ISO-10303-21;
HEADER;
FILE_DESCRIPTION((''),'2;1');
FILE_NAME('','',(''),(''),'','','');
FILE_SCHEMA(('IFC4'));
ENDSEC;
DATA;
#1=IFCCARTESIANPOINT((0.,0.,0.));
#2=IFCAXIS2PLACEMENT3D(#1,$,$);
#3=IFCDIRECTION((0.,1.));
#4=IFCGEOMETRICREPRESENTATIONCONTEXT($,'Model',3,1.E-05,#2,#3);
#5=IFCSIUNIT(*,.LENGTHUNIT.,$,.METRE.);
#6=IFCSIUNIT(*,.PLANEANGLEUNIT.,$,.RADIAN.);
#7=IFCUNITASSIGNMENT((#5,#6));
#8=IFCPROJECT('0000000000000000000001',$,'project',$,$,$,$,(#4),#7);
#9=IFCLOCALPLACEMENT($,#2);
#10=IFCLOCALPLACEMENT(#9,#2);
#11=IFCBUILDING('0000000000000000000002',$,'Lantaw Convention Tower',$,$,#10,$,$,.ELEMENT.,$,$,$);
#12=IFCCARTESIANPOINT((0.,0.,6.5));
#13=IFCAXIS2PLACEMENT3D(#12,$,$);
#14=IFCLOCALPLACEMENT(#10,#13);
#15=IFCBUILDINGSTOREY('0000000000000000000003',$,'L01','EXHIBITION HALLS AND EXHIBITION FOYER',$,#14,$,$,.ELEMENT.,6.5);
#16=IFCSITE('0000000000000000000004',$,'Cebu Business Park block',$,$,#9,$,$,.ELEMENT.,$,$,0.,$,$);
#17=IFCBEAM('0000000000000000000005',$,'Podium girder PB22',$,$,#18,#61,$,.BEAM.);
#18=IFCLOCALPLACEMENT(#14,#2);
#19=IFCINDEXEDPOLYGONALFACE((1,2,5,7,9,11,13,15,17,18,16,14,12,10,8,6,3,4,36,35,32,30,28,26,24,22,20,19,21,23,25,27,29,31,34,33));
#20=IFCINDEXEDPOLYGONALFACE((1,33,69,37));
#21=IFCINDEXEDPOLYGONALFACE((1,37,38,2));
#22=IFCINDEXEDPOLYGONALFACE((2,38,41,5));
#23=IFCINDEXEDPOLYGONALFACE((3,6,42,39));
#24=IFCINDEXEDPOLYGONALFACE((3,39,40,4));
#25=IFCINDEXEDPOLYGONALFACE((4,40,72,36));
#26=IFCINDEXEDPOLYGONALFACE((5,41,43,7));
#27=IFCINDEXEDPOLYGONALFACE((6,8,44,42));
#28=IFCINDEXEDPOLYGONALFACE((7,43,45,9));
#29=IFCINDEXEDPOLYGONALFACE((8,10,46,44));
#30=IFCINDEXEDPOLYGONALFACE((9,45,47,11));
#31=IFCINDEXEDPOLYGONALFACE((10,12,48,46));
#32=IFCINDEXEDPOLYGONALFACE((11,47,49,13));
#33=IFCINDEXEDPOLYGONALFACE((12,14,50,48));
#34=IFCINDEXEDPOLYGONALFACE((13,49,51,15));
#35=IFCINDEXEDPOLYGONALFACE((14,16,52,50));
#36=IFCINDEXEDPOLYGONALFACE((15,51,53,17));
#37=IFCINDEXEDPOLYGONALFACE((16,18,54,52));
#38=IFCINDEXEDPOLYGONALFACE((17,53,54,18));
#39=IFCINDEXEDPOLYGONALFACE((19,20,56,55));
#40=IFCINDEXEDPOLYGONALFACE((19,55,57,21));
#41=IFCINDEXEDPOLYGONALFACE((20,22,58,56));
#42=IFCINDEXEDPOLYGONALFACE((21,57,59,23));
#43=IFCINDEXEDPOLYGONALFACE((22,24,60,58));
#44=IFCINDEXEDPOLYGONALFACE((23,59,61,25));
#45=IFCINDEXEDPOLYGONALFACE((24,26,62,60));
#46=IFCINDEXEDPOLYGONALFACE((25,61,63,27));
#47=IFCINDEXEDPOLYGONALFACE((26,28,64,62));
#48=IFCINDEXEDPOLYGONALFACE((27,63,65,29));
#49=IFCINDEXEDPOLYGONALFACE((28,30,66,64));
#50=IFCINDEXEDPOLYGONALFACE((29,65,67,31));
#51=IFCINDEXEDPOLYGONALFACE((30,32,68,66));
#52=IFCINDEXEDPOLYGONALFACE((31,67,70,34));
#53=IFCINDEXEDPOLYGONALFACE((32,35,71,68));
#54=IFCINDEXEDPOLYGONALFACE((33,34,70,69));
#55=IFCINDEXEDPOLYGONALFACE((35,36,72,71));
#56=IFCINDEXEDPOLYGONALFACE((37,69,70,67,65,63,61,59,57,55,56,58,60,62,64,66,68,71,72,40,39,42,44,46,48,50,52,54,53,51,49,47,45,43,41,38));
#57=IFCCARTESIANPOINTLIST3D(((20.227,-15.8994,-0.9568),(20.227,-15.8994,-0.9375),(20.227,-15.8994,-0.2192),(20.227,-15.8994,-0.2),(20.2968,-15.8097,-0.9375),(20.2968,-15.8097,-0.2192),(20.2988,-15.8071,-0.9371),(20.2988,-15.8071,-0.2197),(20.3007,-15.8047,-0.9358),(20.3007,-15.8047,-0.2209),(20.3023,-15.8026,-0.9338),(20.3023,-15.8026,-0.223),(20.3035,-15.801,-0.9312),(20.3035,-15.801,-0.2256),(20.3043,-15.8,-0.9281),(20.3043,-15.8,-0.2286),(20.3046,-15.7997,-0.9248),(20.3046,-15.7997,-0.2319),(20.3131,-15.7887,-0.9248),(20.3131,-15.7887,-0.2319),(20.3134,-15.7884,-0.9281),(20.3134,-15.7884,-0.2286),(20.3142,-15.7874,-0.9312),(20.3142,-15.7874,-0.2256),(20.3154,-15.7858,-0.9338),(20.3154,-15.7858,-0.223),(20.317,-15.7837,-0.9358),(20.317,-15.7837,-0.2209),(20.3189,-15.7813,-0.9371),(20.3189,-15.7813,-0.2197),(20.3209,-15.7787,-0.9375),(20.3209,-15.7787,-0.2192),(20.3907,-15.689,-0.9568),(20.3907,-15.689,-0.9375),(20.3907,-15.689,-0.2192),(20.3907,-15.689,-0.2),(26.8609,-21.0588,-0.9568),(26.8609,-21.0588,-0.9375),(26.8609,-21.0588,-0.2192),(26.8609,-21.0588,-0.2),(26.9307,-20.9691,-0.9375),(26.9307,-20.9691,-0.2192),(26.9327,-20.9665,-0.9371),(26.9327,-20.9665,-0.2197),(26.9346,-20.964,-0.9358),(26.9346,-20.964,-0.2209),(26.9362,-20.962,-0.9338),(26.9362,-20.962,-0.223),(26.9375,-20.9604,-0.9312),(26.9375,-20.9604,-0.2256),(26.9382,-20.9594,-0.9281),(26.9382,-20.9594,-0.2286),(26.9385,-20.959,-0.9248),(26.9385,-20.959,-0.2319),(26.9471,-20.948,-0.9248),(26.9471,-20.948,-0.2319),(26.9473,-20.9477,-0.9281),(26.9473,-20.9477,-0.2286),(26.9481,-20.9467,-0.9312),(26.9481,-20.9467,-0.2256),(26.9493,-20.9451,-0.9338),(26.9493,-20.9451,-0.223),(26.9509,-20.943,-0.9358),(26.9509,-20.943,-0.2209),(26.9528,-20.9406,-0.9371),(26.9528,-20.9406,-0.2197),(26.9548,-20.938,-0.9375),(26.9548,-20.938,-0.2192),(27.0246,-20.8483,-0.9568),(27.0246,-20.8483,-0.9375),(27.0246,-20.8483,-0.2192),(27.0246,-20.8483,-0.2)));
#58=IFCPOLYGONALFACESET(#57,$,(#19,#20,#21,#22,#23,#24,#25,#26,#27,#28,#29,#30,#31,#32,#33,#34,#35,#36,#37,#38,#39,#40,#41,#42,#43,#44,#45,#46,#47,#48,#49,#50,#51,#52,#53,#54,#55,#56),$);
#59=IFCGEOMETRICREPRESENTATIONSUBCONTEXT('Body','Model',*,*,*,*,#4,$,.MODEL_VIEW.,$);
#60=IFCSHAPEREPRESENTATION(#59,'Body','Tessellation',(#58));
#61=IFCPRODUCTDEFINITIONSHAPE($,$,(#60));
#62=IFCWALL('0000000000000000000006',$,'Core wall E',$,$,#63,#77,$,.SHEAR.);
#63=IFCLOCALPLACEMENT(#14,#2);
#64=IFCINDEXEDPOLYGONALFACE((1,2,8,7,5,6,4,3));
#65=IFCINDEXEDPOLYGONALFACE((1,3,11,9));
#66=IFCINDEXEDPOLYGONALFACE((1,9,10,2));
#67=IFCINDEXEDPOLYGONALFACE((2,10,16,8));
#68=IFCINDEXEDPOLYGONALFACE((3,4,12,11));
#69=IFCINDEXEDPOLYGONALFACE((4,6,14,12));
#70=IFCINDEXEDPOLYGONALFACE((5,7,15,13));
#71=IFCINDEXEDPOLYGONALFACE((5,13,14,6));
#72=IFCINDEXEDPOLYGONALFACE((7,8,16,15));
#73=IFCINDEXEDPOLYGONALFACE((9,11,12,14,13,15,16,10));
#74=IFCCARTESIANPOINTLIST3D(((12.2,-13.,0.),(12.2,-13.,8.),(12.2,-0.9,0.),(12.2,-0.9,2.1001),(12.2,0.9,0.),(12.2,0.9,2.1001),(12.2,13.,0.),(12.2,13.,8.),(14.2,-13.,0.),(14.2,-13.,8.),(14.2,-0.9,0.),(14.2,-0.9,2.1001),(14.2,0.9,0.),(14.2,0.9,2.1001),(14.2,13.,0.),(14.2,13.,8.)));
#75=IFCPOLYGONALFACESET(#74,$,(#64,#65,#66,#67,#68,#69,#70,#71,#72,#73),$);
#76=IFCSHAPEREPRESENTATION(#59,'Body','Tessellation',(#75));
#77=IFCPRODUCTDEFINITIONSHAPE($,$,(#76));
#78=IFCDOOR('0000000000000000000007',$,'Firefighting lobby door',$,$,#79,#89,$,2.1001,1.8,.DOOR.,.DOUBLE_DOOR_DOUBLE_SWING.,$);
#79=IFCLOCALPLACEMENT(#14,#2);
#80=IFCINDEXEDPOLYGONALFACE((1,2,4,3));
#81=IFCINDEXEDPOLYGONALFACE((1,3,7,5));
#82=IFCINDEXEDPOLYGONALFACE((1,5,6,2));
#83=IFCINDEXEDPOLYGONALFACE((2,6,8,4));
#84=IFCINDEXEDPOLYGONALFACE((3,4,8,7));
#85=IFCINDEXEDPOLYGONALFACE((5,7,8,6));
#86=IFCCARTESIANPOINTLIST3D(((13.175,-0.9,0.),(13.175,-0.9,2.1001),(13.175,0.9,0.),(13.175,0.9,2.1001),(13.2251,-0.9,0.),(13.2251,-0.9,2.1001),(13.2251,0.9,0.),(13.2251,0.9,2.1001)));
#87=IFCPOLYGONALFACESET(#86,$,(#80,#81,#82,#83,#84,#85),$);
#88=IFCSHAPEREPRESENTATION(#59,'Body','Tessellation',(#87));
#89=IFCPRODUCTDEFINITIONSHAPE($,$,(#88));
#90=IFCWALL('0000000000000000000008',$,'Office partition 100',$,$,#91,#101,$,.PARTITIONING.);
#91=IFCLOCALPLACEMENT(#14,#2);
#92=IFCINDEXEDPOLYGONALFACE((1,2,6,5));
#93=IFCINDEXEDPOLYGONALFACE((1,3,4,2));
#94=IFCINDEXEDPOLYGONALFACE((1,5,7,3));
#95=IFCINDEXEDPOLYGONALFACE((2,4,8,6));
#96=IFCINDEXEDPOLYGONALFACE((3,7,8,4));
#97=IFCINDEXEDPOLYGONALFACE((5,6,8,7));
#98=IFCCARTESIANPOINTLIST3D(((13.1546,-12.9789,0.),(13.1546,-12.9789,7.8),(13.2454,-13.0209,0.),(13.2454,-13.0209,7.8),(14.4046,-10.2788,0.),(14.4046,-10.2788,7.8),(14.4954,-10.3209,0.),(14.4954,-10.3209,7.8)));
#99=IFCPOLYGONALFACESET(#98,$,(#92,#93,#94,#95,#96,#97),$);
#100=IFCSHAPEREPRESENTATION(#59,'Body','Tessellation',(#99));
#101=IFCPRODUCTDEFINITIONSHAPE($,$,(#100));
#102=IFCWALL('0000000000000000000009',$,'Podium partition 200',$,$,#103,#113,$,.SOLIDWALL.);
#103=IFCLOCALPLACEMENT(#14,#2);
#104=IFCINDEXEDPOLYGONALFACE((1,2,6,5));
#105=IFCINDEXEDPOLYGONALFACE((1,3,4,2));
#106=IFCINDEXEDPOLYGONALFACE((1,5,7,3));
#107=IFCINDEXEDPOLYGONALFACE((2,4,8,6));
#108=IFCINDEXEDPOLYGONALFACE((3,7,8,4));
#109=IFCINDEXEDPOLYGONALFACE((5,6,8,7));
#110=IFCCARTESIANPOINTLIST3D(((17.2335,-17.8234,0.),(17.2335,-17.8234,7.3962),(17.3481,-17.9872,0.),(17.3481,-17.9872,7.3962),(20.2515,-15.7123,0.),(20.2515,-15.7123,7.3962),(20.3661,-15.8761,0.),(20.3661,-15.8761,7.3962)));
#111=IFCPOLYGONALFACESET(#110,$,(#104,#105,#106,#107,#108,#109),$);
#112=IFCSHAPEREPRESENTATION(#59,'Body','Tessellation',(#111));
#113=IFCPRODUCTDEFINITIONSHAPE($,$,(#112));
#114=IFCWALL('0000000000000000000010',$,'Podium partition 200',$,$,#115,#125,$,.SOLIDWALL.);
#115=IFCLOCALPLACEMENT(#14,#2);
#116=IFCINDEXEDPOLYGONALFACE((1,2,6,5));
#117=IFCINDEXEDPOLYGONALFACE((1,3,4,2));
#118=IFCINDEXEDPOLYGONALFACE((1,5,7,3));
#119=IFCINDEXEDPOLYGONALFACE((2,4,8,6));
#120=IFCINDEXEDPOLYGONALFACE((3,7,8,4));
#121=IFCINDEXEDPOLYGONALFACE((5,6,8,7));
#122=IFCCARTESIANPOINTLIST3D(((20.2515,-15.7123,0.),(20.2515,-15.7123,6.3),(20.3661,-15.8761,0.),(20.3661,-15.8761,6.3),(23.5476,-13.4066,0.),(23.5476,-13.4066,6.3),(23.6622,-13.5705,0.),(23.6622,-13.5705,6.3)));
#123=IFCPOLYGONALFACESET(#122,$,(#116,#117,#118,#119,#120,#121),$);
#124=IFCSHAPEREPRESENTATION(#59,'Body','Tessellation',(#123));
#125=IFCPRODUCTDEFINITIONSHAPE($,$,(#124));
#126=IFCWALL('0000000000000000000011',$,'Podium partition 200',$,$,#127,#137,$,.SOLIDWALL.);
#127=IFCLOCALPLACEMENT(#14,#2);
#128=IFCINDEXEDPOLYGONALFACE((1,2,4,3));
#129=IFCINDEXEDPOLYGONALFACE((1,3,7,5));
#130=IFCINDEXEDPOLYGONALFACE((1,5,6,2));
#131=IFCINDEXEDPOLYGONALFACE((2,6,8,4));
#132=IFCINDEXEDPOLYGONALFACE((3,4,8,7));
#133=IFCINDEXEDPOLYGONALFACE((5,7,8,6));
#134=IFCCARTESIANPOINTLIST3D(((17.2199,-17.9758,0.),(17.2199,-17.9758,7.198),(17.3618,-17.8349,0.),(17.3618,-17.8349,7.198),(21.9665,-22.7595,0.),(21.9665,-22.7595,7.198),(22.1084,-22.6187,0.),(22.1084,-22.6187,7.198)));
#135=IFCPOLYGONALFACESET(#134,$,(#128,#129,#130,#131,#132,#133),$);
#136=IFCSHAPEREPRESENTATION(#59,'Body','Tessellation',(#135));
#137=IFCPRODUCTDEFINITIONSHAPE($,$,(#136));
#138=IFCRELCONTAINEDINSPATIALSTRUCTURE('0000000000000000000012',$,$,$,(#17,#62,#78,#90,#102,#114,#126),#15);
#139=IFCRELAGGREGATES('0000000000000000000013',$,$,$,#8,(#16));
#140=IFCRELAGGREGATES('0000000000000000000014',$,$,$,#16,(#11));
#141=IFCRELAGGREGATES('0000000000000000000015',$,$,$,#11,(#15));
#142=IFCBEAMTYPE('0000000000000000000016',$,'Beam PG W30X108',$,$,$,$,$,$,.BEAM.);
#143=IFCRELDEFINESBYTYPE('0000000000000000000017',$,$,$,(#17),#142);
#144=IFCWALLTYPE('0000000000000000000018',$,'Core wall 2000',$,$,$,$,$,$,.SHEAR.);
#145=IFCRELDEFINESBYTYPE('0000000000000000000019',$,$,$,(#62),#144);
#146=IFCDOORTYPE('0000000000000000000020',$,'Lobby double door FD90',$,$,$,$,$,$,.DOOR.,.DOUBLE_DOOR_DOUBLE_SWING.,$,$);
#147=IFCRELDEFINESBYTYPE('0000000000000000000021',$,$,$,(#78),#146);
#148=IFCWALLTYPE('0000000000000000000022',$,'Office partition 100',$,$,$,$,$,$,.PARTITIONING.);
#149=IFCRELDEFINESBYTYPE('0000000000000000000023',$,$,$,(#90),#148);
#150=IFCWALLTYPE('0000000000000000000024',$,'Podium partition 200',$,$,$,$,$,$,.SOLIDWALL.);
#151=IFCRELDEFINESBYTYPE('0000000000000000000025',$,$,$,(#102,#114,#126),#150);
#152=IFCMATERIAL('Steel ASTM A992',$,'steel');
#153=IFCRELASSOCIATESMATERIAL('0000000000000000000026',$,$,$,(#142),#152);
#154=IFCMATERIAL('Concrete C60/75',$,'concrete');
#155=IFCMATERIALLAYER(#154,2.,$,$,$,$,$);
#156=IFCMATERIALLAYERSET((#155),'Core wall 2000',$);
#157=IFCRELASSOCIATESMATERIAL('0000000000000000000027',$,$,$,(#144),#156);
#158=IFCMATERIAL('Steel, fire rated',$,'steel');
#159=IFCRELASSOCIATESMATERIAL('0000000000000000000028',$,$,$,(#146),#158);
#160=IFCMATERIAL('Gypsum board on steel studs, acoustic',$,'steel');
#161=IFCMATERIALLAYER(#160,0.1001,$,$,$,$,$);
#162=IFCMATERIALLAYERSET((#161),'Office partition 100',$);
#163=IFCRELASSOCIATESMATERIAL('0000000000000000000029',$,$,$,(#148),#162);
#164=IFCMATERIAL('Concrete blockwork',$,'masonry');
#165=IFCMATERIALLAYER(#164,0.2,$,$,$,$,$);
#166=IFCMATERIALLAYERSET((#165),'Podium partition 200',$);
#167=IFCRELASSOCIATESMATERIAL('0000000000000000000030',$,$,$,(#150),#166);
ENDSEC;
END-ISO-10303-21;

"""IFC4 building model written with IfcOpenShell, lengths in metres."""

from ifc_helpers import new_model, si_unit, direction, frame, frame_2d, origin, origin_2d, place, context, subcontext, project, spatial, rectangle, i_section, extrude, material, layer, layer_set, material_profile, profile_set, type_object, element, fill, save


model = new_model("IFC4")

# Units and contexts
model_context = context("Model", 3, precision=1e-05, world=origin(), true_north=direction((0.0, 1.0)))
body_context = subcontext(model_context, "Body", "Model", "MODEL_VIEW")
ifc_project = project(units=[si_unit("LENGTHUNIT", "METRE"), si_unit("PLANEANGLEUNIT", "RADIAN")], contexts=[model_context])

# Site, building, storey
site_placement = place(None, origin())
site = spatial("IfcSite", under=ifc_project, at=site_placement, Name="Cebu Business Park block", CompositionType="ELEMENT", RefElevation=0.0)
building_placement = place(site_placement, origin())
building = spatial("IfcBuilding", under=site, at=building_placement, Name="Lantaw Convention Tower", CompositionType="ELEMENT")
storey_placement = place(building_placement, frame((0.0, 0.0, 6.5)))
storey = spatial("IfcBuildingStorey", under=building, at=storey_placement, Name="L01", Description="EXHIBITION HALLS AND EXHIBITION FOYER", CompositionType="ELEMENT", Elevation=6.5)

# Shared definitions
ifc_material_1 = material(Name="Concrete C60/75", Category="concrete")

# Beam
ifc_material_2 = material(Name="Steel ASTM A992", Category="steel")
ifc_material_profile_1 = material_profile(ifc_material_2, i_section(OverallWidth=0.2666, OverallDepth=0.7568, WebThickness=0.0139, FlangeThickness=0.0193, FilletRadius=0.0127, at=origin_2d()), Name="W30X108")
ifc_profile_set_1 = profile_set([ifc_material_profile_1], Name="Steel ASTM A992")
beam_type_1 = type_object("IfcBeamType", Name="Beam PG W30X108", PredefinedType="BEAM", material=ifc_profile_set_1)
beam_1_placement = place(storey_placement, frame((20.3088, -15.7942, -0.5784), z_axis=(0.789374, -0.613912, 0.0), x_axis=(0.613912, 0.789374, 0.0)))
element("IfcBeam", 1, at=beam_1_placement, inside=storey, type_object=beam_type_1, Name="Podium girder PB22", PredefinedType="BEAM", context=body_context, shape_type="SweptSolid", body=[
    extrude(i_section(OverallWidth=0.2666, OverallDepth=0.7568, WebThickness=0.0139, FlangeThickness=0.0193, FilletRadius=0.0127, at=origin_2d()), origin(), (0.0, 0.0, 1.0), 8.4041),
])

# Wall, opening, door
ifc_layer_1 = layer(ifc_material_1, 2.0)
ifc_layer_set_1 = layer_set([ifc_layer_1], Name="Core wall 2000")
wall_type_1 = type_object("IfcWallType", Name="Core wall 2000", PredefinedType="SHEAR", material=ifc_layer_set_1)
wall_1_placement = place(storey_placement, frame((13.2, -13.0, 0.0), z_axis=(0.0, 0.0, 1.0), x_axis=(0.0, 1.0, 0.0)))
wall_1 = element("IfcWall", 2, at=wall_1_placement, inside=storey, type_object=wall_type_1, Name="Core wall E", PredefinedType="SHEAR", context=body_context, shape_type="SweptSolid", body=[
    extrude(rectangle(XDim=26.0, YDim=2.0, at=frame_2d((13.0, 0.0))), origin(), (0.0, 0.0, 1.0), 8.0),
])
opening_placement = place(wall_1_placement, frame((12.1001, 0.0, 0.0)))
opening = element("IfcOpeningElement", 3, at=opening_placement, cuts=wall_1, PredefinedType="OPENING", context=body_context, shape_type="SweptSolid", body=[
    extrude(rectangle(XDim=1.8, YDim=2.1001, at=frame_2d((0.8999, 1.05))), frame((0.0, 1.01, 0.0), z_axis=(0.0, -1.0, 0.0), x_axis=(1.0, 0.0, 0.0)), (0.0, 0.0, 1.0), 2.02),
])
ifc_material_3 = material(Name="Steel, fire rated", Category="steel")
door_type = type_object("IfcDoorType", Name="Lobby double door FD90", OperationType="DOUBLE_DOOR_DOUBLE_SWING", PredefinedType="DOOR", material=ifc_material_3)
door_placement = place(opening_placement, origin())
door = element("IfcDoor", 4, at=door_placement, inside=storey, type_object=door_type, Name="Firefighting lobby door", OperationType="DOUBLE_DOOR_DOUBLE_SWING", OverallHeight=2.1001, OverallWidth=1.8, PredefinedType="DOOR", context=body_context, shape_type="SweptSolid", body=[
    extrude(rectangle(XDim=1.8, YDim=2.1001, at=frame_2d((0.8999, 1.05))), frame((0.0, 0.0249, 0.0), z_axis=(0.0, -1.0, 0.0), x_axis=(1.0, 0.0, 0.0)), (0.0, 0.0, 1.0), 0.05),
])
fill(opening, door)

# Walls
ifc_material_4 = material(Name="Gypsum board on steel studs, acoustic", Category="steel")
ifc_layer_2 = layer(ifc_material_4, 0.1001)
ifc_layer_set_2 = layer_set([ifc_layer_2], Name="Office partition 100")
wall_type_2 = type_object("IfcWallType", Name="Office partition 100", PredefinedType="PARTITIONING", material=ifc_layer_set_2)
wall_2_placement = place(storey_placement, frame((13.2, -13.0, 0.0), z_axis=(0.0, 0.0, 1.0), x_axis=(0.42013, 0.907464, 0.0)))
element("IfcWall", 5, at=wall_2_placement, inside=storey, type_object=wall_type_2, Name="Office partition 100", PredefinedType="PARTITIONING", context=body_context, shape_type="SweptSolid", body=[
    extrude(rectangle(XDim=2.9753, YDim=0.1001, at=frame_2d((1.4878, 0.0))), origin(), (0.0, 0.0, 1.0), 7.8),
])
ifc_material_5 = material(Name="Concrete blockwork", Category="masonry")
ifc_layer_3 = layer(ifc_material_5, 0.2)
ifc_layer_set_3 = layer_set([ifc_layer_3], Name="Podium partition 200")
wall_type_3 = type_object("IfcWallType", Name="Podium partition 200", PredefinedType="SOLIDWALL", material=ifc_layer_set_3)
wall_3_placement = place(storey_placement, frame((17.2908, -17.9053, 0.0), z_axis=(0.0, 0.0, 1.0), x_axis=(0.819431, 0.573178, 0.0)))
element("IfcWall", 6, at=wall_3_placement, inside=storey, type_object=wall_type_3, Name="Podium partition 200", PredefinedType="SOLIDWALL", context=body_context, shape_type="SweptSolid", body=[
    extrude(rectangle(XDim=3.6831, YDim=0.2, at=frame_2d((1.8416, 0.0))), origin(), (0.0, 0.0, 1.0), 7.3962),
])
wall_4_placement = place(storey_placement, frame((20.3088, -15.7942, 0.0), z_axis=(0.0, 0.0, 1.0), x_axis=(0.819423, 0.573189, 0.0)))
element("IfcWall", 7, at=wall_4_placement, inside=storey, type_object=wall_type_3, Name="Podium partition 200", PredefinedType="SOLIDWALL", context=body_context, shape_type="SweptSolid", body=[
    extrude(rectangle(XDim=4.0225, YDim=0.2, at=frame_2d((2.0112, 0.0))), origin(), (0.0, 0.0, 1.0), 6.3),
])
wall_5_placement = place(storey_placement, frame((17.2908, -17.9053, 0.0), z_axis=(0.0, 0.0, 1.0), x_axis=(0.704348, -0.709855, 0.0)))
element("IfcWall", 8, at=wall_5_placement, inside=storey, type_object=wall_type_3, Name="Podium partition 200", PredefinedType="SOLIDWALL", context=body_context, shape_type="SweptSolid", body=[
    extrude(rectangle(XDim=6.739, YDim=0.2, at=frame_2d((3.3696, 0.0))), origin(), (0.0, 0.0, 1.0), 7.198),
])

save(model, "model.ifc")
